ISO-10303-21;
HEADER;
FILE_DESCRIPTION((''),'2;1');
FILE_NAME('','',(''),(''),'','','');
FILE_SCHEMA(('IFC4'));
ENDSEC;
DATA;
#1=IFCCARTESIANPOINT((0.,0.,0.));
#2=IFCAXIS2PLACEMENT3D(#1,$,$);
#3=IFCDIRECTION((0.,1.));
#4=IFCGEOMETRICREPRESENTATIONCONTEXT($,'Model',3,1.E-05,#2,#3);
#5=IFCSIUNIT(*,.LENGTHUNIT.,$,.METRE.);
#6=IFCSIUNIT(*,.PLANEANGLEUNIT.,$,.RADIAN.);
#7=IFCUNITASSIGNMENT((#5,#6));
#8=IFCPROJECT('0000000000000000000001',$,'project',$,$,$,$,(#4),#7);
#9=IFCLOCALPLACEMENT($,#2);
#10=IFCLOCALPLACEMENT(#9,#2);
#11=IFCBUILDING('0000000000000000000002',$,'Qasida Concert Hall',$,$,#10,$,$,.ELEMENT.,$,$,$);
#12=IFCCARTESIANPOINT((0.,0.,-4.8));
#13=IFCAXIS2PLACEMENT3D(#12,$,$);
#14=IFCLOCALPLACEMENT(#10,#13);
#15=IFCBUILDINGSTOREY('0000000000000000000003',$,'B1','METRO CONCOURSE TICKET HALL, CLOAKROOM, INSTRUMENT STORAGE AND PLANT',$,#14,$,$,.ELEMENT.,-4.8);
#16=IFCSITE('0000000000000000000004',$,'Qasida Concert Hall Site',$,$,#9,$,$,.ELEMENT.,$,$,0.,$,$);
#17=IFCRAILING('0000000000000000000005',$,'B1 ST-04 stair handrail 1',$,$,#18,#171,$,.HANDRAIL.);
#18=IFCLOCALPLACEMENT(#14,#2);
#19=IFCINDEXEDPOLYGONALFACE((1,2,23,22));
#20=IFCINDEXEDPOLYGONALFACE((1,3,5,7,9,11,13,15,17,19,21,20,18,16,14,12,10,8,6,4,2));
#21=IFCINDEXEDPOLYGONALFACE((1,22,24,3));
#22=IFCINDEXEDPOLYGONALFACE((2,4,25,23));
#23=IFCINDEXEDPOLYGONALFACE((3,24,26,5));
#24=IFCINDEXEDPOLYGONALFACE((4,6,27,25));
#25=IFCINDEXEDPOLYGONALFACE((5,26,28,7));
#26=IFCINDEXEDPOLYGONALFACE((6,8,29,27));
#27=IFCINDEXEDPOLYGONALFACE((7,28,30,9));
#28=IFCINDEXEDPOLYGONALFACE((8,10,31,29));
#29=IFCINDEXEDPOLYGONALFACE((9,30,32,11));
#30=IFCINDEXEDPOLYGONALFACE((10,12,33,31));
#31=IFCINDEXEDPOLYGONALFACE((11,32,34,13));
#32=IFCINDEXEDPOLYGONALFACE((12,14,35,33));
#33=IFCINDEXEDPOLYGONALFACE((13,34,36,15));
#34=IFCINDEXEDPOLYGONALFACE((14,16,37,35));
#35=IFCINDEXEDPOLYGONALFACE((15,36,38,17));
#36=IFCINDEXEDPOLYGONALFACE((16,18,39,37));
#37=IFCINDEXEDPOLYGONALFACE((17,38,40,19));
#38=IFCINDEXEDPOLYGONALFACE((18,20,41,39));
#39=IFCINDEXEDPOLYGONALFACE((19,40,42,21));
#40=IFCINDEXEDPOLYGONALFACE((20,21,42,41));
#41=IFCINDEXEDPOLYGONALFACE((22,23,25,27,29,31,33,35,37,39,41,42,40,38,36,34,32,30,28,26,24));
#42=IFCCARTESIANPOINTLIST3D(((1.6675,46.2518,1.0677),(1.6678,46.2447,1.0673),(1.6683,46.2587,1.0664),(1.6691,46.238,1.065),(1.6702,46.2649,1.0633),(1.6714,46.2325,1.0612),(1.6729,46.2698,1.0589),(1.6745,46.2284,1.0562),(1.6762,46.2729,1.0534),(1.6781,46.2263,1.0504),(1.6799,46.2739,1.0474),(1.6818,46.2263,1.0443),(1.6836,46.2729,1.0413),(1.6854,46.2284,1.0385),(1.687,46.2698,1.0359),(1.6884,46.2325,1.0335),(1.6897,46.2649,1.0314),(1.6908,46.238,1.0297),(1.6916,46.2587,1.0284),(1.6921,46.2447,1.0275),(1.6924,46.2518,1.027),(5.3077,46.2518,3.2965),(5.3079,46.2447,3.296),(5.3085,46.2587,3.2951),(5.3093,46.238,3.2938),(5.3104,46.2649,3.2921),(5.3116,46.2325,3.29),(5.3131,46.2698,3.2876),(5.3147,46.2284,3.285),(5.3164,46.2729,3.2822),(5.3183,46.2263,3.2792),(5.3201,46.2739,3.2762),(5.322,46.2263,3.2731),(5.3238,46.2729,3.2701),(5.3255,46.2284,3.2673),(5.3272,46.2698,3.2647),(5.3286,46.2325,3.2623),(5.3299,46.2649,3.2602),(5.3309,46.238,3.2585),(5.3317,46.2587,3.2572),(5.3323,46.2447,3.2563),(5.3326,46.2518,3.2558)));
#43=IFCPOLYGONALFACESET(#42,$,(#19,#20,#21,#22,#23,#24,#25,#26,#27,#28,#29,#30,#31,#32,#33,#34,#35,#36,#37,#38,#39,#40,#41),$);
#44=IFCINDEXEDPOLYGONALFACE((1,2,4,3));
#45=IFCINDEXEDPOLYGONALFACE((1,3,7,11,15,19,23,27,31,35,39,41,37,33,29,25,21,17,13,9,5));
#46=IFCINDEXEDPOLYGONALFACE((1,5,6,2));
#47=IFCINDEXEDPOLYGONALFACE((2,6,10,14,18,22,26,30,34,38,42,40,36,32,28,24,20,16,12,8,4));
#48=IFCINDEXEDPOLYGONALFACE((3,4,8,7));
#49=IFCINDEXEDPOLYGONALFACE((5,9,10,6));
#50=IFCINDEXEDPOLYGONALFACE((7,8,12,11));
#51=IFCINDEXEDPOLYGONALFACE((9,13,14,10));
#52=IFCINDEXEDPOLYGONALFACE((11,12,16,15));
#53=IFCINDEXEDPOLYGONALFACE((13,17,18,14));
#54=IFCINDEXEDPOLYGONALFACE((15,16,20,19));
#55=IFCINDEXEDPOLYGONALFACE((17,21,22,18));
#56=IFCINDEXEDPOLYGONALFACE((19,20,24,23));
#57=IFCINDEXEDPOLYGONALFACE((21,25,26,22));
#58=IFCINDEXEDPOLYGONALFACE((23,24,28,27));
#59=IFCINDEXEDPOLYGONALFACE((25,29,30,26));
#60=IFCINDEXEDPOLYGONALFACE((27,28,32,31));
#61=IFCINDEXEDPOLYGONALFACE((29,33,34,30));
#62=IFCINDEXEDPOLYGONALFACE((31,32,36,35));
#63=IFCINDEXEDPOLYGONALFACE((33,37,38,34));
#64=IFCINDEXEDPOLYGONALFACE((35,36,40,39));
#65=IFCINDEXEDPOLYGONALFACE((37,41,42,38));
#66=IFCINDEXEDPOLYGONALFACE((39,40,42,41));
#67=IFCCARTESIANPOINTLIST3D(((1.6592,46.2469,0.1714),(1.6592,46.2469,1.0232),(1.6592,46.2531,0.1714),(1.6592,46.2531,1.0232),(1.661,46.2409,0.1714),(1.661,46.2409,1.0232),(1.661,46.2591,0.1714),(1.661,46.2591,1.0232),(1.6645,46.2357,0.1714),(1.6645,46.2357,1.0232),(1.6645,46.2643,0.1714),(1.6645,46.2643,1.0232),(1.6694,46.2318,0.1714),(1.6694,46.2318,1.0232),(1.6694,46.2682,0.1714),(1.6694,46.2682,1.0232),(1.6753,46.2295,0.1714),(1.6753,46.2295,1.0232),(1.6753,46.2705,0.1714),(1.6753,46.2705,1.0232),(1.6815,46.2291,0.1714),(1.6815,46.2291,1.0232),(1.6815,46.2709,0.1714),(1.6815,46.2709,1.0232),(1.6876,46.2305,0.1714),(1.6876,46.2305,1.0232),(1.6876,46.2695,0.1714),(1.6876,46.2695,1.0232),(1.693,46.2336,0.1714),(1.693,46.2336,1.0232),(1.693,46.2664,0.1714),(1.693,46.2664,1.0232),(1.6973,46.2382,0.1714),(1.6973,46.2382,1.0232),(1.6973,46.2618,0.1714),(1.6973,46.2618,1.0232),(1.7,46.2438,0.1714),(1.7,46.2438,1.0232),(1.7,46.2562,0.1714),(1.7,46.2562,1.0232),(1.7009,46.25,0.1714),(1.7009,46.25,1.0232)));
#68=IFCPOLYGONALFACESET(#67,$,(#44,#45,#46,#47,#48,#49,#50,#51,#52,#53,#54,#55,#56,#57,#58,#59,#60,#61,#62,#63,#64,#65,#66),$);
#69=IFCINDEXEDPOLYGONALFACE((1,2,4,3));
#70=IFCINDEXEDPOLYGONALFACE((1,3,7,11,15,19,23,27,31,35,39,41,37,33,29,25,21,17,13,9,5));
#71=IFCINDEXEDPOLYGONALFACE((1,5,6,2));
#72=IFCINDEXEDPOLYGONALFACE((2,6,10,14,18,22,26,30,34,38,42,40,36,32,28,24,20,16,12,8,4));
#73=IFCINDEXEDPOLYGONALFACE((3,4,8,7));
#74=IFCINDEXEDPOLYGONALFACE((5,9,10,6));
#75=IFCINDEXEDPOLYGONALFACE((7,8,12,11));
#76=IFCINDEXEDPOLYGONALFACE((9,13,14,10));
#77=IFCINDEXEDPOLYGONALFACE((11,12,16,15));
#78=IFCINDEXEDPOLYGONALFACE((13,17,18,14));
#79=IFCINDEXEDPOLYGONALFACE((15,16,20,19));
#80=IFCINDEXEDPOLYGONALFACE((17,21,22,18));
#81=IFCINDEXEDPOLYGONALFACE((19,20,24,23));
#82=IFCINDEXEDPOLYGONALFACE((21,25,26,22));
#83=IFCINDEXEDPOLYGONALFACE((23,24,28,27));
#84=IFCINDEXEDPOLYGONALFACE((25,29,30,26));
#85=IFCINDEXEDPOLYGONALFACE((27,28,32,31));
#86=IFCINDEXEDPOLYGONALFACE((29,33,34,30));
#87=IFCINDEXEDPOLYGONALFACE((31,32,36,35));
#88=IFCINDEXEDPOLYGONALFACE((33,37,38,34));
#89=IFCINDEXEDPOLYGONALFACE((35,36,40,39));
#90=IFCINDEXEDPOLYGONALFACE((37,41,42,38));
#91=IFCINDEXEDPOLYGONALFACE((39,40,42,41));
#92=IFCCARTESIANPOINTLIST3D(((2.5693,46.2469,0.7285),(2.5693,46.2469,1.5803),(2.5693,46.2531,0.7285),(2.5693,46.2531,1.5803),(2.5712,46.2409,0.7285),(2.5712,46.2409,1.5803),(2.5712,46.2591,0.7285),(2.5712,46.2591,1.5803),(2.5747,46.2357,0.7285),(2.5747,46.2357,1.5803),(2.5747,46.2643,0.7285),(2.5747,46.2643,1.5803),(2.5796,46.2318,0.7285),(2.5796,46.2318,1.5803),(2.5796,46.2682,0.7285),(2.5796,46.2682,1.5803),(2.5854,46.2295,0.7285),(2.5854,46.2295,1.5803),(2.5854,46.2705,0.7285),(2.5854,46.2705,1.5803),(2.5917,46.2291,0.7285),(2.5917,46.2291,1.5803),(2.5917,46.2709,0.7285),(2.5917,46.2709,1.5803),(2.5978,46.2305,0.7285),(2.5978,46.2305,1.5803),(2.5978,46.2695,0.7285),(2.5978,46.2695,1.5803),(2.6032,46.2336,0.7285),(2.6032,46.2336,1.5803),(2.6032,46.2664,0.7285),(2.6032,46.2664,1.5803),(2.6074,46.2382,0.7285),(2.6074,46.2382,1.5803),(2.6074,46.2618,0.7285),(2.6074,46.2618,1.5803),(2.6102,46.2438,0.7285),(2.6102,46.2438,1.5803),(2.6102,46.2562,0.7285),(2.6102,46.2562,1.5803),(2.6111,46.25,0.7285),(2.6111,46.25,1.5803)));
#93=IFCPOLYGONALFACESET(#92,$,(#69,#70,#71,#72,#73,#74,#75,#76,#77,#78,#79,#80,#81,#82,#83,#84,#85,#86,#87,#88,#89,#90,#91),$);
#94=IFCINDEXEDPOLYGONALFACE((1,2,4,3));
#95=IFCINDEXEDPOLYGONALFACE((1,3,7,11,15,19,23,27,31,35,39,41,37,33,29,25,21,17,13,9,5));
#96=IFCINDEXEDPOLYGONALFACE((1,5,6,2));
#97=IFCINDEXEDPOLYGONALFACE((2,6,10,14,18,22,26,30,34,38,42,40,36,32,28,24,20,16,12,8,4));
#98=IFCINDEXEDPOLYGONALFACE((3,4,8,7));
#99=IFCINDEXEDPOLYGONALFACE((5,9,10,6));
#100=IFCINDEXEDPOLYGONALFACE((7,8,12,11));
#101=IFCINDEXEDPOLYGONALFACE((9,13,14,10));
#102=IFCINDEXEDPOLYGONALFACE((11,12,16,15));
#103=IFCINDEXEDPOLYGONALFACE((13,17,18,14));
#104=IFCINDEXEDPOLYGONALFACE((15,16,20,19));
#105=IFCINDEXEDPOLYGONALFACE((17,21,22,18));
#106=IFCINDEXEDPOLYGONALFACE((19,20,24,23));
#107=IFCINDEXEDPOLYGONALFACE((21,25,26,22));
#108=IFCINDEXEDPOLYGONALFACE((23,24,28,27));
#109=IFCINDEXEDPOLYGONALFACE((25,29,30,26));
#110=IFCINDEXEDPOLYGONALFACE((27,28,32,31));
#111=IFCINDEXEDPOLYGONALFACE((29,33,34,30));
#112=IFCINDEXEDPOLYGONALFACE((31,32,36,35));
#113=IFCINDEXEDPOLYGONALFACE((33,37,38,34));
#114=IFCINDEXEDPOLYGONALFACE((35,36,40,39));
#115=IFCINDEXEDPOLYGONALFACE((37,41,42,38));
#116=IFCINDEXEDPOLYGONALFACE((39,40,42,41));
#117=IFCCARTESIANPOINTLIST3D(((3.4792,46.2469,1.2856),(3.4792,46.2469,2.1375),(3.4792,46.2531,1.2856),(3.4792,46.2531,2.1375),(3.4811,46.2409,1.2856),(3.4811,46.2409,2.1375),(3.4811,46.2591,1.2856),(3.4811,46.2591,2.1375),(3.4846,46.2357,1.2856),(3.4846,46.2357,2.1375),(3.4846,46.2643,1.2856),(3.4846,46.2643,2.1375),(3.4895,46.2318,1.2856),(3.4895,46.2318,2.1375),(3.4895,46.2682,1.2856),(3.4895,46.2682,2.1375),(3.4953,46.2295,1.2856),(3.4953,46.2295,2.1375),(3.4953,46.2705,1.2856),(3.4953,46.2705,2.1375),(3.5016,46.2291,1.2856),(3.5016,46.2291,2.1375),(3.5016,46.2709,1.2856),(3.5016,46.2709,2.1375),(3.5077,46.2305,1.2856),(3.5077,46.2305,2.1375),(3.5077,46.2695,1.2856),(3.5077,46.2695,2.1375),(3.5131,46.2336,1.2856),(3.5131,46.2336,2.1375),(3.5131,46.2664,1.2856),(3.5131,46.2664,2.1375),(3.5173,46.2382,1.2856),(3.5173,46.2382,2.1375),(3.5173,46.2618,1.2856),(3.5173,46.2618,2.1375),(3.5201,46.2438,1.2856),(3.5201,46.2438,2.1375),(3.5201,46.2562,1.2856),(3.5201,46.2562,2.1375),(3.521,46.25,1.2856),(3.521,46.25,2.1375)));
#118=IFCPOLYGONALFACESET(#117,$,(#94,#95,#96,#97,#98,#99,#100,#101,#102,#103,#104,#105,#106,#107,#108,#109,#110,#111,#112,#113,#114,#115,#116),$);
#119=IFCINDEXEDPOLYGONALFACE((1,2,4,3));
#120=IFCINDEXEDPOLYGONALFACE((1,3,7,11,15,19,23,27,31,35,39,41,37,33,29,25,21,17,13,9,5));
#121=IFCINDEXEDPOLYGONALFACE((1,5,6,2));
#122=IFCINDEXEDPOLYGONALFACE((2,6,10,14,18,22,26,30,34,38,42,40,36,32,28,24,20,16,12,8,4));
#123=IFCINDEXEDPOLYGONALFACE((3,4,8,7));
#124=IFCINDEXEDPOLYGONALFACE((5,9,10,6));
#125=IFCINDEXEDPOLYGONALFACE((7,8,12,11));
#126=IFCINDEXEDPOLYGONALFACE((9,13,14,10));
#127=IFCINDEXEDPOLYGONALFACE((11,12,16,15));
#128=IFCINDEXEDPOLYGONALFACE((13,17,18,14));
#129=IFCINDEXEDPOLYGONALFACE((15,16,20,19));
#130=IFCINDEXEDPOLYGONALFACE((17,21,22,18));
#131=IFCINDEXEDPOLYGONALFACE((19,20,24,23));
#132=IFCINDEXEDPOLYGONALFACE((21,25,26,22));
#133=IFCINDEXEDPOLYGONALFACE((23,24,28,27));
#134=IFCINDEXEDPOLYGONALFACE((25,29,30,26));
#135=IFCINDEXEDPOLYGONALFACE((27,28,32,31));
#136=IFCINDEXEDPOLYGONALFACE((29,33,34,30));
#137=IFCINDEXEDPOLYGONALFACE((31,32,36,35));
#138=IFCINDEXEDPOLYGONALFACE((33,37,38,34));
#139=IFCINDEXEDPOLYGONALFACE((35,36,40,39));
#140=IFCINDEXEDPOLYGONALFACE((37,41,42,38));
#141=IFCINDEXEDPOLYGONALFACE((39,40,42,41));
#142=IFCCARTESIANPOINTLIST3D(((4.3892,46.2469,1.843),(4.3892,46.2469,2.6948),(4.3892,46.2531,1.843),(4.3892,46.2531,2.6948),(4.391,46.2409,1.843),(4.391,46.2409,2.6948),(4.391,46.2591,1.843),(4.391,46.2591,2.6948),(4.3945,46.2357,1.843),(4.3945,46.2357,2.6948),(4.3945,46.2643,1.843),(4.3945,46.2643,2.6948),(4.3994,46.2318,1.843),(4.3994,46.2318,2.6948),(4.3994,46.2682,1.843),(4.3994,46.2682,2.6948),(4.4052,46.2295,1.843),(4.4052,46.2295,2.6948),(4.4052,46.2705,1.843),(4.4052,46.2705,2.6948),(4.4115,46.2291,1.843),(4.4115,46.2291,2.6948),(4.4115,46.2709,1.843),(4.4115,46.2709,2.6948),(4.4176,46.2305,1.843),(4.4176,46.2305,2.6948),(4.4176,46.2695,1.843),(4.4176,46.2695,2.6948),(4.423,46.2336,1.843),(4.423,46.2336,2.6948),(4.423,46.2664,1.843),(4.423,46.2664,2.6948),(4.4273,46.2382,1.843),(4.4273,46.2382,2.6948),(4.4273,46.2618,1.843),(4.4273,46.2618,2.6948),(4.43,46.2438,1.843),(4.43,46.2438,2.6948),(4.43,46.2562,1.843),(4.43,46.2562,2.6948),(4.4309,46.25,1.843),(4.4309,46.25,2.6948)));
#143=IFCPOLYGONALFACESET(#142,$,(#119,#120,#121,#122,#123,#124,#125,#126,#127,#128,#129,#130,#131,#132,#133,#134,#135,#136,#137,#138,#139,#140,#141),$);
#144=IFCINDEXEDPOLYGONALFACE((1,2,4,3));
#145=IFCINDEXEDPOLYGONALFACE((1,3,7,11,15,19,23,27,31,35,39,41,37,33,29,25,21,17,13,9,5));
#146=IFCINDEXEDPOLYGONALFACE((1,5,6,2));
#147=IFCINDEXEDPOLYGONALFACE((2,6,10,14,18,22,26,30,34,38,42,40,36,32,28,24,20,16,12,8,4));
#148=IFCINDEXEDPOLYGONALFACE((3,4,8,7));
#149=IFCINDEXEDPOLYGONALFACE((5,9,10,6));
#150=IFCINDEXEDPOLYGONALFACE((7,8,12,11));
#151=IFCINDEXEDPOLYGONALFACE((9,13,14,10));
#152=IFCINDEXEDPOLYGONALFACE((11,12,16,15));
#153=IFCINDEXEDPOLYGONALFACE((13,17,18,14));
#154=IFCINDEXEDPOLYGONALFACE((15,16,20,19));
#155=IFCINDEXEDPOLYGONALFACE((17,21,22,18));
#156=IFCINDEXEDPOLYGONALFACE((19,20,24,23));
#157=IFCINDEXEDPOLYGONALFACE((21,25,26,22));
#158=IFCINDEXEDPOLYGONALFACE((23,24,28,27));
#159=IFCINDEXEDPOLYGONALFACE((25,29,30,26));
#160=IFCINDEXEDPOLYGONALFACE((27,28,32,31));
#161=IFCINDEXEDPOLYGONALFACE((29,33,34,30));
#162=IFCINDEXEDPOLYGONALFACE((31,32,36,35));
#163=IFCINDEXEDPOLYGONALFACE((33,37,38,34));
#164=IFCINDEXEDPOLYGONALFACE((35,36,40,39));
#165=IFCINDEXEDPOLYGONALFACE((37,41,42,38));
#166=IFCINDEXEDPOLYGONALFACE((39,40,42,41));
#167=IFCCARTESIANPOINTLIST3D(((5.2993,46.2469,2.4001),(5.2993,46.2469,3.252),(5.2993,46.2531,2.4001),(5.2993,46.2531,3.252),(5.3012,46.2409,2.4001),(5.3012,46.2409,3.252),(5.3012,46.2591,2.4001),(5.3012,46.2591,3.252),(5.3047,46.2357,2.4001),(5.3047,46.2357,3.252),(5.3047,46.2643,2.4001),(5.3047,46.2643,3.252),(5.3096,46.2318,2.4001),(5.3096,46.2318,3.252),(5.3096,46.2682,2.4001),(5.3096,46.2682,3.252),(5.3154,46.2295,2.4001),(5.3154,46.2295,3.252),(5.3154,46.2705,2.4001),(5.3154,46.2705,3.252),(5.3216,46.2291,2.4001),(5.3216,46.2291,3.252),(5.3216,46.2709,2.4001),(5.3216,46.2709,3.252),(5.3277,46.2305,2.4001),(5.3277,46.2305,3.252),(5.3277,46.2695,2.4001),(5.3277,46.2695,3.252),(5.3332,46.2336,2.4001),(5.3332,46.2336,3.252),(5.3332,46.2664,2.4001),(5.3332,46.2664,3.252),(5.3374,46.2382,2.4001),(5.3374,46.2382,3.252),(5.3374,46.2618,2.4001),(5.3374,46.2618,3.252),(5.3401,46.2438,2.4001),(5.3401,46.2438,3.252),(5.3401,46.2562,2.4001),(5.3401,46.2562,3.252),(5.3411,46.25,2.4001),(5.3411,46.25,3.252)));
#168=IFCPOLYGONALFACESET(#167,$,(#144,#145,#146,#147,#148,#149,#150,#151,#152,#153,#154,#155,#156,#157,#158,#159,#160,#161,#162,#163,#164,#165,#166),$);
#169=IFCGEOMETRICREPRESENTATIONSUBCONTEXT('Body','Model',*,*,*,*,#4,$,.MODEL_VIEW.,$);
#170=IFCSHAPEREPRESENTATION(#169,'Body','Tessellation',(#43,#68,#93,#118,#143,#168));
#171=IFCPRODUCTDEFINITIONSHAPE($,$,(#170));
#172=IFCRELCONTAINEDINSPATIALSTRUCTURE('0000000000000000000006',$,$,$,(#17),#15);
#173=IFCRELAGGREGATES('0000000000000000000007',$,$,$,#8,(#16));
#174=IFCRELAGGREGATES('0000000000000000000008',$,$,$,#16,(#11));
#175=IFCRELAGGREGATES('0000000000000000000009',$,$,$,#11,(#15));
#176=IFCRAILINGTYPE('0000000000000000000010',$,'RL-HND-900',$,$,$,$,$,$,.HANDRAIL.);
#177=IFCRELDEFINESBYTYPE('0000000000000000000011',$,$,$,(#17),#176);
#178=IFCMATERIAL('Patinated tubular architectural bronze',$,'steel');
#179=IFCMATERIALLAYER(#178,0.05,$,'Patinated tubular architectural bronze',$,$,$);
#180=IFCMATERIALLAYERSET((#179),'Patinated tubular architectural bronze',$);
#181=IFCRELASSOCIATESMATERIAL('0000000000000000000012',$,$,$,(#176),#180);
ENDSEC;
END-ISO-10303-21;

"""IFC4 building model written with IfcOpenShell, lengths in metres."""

from ifc_helpers import new_model, si_unit, direction, frame, origin, origin_2d, place, context, subcontext, project, spatial, circle, extrude, material, layer, layer_set, type_object, element, save


model = new_model("IFC4")

# Units and contexts
model_context = context("Model", 3, precision=1e-05, world=origin(), true_north=direction((0.0, 1.0)))
body_context = subcontext(model_context, "Body", "Model", "MODEL_VIEW")
ifc_project = project(units=[si_unit("LENGTHUNIT", "METRE"), si_unit("PLANEANGLEUNIT", "RADIAN")], contexts=[model_context])

# Site, building, storey
site_placement = place(None, origin())
site = spatial("IfcSite", under=ifc_project, at=site_placement, Name="Qasida Concert Hall Site", CompositionType="ELEMENT", RefElevation=0.0)
building_placement = place(site_placement, origin())
building = spatial("IfcBuilding", under=site, at=building_placement, Name="Qasida Concert Hall", CompositionType="ELEMENT")
storey_placement = place(building_placement, frame((0.0, 0.0, -4.8)))
storey = spatial("IfcBuildingStorey", under=building, at=storey_placement, Name="B1", Description="METRO CONCOURSE TICKET HALL, CLOAKROOM, INSTRUMENT STORAGE AND PLANT", CompositionType="ELEMENT", Elevation=-4.8)

# Railing
ifc_material_1 = material(Name="Patinated tubular architectural bronze", Category="steel")
ifc_layer_1 = layer(ifc_material_1, 0.05, Name="Patinated tubular architectural bronze")
ifc_layer_set_1 = layer_set([ifc_layer_1], Name="Patinated tubular architectural bronze")
railing_type_1 = type_object("IfcRailingType", Name="RL-HND-900", PredefinedType="HANDRAIL", material=ifc_layer_set_1)
railing_1_placement = place(storey_placement, frame((1.6799, 46.25, 0.1714)))
element("IfcRailing", 1, at=railing_1_placement, inside=storey, type_object=railing_type_1, Name="B1 ST-04 stair handrail 1", PredefinedType="HANDRAIL", context=body_context, shape_type="SweptSolid", body=[
    extrude(circle(Radius=0.0239, at=origin_2d()), frame((0.0, 0.0, 0.876), z_axis=(0.85284, 0.0, 0.522172), x_axis=(0.0, 1.0, 0.0)), (0.0, 0.0, 1.0), 4.2683),
    extrude(circle(Radius=0.021, at=origin_2d()), origin(), (0.0, 0.0, 1.0), 0.8518),
    extrude(circle(Radius=0.021, at=origin_2d()), frame((0.9102, 0.0, 0.5571)), (0.0, 0.0, 1.0), 0.8518),
    extrude(circle(Radius=0.021, at=origin_2d()), frame((1.8201, 0.0, 1.1143)), (0.0, 0.0, 1.0), 0.8518),
    extrude(circle(Radius=0.021, at=origin_2d()), frame((2.73, 0.0, 1.6716)), (0.0, 0.0, 1.0), 0.8518),
    extrude(circle(Radius=0.021, at=origin_2d()), frame((3.6401, 0.0, 2.2288)), (0.0, 0.0, 1.0), 0.8518),
])

save(model, "model.ifc")
